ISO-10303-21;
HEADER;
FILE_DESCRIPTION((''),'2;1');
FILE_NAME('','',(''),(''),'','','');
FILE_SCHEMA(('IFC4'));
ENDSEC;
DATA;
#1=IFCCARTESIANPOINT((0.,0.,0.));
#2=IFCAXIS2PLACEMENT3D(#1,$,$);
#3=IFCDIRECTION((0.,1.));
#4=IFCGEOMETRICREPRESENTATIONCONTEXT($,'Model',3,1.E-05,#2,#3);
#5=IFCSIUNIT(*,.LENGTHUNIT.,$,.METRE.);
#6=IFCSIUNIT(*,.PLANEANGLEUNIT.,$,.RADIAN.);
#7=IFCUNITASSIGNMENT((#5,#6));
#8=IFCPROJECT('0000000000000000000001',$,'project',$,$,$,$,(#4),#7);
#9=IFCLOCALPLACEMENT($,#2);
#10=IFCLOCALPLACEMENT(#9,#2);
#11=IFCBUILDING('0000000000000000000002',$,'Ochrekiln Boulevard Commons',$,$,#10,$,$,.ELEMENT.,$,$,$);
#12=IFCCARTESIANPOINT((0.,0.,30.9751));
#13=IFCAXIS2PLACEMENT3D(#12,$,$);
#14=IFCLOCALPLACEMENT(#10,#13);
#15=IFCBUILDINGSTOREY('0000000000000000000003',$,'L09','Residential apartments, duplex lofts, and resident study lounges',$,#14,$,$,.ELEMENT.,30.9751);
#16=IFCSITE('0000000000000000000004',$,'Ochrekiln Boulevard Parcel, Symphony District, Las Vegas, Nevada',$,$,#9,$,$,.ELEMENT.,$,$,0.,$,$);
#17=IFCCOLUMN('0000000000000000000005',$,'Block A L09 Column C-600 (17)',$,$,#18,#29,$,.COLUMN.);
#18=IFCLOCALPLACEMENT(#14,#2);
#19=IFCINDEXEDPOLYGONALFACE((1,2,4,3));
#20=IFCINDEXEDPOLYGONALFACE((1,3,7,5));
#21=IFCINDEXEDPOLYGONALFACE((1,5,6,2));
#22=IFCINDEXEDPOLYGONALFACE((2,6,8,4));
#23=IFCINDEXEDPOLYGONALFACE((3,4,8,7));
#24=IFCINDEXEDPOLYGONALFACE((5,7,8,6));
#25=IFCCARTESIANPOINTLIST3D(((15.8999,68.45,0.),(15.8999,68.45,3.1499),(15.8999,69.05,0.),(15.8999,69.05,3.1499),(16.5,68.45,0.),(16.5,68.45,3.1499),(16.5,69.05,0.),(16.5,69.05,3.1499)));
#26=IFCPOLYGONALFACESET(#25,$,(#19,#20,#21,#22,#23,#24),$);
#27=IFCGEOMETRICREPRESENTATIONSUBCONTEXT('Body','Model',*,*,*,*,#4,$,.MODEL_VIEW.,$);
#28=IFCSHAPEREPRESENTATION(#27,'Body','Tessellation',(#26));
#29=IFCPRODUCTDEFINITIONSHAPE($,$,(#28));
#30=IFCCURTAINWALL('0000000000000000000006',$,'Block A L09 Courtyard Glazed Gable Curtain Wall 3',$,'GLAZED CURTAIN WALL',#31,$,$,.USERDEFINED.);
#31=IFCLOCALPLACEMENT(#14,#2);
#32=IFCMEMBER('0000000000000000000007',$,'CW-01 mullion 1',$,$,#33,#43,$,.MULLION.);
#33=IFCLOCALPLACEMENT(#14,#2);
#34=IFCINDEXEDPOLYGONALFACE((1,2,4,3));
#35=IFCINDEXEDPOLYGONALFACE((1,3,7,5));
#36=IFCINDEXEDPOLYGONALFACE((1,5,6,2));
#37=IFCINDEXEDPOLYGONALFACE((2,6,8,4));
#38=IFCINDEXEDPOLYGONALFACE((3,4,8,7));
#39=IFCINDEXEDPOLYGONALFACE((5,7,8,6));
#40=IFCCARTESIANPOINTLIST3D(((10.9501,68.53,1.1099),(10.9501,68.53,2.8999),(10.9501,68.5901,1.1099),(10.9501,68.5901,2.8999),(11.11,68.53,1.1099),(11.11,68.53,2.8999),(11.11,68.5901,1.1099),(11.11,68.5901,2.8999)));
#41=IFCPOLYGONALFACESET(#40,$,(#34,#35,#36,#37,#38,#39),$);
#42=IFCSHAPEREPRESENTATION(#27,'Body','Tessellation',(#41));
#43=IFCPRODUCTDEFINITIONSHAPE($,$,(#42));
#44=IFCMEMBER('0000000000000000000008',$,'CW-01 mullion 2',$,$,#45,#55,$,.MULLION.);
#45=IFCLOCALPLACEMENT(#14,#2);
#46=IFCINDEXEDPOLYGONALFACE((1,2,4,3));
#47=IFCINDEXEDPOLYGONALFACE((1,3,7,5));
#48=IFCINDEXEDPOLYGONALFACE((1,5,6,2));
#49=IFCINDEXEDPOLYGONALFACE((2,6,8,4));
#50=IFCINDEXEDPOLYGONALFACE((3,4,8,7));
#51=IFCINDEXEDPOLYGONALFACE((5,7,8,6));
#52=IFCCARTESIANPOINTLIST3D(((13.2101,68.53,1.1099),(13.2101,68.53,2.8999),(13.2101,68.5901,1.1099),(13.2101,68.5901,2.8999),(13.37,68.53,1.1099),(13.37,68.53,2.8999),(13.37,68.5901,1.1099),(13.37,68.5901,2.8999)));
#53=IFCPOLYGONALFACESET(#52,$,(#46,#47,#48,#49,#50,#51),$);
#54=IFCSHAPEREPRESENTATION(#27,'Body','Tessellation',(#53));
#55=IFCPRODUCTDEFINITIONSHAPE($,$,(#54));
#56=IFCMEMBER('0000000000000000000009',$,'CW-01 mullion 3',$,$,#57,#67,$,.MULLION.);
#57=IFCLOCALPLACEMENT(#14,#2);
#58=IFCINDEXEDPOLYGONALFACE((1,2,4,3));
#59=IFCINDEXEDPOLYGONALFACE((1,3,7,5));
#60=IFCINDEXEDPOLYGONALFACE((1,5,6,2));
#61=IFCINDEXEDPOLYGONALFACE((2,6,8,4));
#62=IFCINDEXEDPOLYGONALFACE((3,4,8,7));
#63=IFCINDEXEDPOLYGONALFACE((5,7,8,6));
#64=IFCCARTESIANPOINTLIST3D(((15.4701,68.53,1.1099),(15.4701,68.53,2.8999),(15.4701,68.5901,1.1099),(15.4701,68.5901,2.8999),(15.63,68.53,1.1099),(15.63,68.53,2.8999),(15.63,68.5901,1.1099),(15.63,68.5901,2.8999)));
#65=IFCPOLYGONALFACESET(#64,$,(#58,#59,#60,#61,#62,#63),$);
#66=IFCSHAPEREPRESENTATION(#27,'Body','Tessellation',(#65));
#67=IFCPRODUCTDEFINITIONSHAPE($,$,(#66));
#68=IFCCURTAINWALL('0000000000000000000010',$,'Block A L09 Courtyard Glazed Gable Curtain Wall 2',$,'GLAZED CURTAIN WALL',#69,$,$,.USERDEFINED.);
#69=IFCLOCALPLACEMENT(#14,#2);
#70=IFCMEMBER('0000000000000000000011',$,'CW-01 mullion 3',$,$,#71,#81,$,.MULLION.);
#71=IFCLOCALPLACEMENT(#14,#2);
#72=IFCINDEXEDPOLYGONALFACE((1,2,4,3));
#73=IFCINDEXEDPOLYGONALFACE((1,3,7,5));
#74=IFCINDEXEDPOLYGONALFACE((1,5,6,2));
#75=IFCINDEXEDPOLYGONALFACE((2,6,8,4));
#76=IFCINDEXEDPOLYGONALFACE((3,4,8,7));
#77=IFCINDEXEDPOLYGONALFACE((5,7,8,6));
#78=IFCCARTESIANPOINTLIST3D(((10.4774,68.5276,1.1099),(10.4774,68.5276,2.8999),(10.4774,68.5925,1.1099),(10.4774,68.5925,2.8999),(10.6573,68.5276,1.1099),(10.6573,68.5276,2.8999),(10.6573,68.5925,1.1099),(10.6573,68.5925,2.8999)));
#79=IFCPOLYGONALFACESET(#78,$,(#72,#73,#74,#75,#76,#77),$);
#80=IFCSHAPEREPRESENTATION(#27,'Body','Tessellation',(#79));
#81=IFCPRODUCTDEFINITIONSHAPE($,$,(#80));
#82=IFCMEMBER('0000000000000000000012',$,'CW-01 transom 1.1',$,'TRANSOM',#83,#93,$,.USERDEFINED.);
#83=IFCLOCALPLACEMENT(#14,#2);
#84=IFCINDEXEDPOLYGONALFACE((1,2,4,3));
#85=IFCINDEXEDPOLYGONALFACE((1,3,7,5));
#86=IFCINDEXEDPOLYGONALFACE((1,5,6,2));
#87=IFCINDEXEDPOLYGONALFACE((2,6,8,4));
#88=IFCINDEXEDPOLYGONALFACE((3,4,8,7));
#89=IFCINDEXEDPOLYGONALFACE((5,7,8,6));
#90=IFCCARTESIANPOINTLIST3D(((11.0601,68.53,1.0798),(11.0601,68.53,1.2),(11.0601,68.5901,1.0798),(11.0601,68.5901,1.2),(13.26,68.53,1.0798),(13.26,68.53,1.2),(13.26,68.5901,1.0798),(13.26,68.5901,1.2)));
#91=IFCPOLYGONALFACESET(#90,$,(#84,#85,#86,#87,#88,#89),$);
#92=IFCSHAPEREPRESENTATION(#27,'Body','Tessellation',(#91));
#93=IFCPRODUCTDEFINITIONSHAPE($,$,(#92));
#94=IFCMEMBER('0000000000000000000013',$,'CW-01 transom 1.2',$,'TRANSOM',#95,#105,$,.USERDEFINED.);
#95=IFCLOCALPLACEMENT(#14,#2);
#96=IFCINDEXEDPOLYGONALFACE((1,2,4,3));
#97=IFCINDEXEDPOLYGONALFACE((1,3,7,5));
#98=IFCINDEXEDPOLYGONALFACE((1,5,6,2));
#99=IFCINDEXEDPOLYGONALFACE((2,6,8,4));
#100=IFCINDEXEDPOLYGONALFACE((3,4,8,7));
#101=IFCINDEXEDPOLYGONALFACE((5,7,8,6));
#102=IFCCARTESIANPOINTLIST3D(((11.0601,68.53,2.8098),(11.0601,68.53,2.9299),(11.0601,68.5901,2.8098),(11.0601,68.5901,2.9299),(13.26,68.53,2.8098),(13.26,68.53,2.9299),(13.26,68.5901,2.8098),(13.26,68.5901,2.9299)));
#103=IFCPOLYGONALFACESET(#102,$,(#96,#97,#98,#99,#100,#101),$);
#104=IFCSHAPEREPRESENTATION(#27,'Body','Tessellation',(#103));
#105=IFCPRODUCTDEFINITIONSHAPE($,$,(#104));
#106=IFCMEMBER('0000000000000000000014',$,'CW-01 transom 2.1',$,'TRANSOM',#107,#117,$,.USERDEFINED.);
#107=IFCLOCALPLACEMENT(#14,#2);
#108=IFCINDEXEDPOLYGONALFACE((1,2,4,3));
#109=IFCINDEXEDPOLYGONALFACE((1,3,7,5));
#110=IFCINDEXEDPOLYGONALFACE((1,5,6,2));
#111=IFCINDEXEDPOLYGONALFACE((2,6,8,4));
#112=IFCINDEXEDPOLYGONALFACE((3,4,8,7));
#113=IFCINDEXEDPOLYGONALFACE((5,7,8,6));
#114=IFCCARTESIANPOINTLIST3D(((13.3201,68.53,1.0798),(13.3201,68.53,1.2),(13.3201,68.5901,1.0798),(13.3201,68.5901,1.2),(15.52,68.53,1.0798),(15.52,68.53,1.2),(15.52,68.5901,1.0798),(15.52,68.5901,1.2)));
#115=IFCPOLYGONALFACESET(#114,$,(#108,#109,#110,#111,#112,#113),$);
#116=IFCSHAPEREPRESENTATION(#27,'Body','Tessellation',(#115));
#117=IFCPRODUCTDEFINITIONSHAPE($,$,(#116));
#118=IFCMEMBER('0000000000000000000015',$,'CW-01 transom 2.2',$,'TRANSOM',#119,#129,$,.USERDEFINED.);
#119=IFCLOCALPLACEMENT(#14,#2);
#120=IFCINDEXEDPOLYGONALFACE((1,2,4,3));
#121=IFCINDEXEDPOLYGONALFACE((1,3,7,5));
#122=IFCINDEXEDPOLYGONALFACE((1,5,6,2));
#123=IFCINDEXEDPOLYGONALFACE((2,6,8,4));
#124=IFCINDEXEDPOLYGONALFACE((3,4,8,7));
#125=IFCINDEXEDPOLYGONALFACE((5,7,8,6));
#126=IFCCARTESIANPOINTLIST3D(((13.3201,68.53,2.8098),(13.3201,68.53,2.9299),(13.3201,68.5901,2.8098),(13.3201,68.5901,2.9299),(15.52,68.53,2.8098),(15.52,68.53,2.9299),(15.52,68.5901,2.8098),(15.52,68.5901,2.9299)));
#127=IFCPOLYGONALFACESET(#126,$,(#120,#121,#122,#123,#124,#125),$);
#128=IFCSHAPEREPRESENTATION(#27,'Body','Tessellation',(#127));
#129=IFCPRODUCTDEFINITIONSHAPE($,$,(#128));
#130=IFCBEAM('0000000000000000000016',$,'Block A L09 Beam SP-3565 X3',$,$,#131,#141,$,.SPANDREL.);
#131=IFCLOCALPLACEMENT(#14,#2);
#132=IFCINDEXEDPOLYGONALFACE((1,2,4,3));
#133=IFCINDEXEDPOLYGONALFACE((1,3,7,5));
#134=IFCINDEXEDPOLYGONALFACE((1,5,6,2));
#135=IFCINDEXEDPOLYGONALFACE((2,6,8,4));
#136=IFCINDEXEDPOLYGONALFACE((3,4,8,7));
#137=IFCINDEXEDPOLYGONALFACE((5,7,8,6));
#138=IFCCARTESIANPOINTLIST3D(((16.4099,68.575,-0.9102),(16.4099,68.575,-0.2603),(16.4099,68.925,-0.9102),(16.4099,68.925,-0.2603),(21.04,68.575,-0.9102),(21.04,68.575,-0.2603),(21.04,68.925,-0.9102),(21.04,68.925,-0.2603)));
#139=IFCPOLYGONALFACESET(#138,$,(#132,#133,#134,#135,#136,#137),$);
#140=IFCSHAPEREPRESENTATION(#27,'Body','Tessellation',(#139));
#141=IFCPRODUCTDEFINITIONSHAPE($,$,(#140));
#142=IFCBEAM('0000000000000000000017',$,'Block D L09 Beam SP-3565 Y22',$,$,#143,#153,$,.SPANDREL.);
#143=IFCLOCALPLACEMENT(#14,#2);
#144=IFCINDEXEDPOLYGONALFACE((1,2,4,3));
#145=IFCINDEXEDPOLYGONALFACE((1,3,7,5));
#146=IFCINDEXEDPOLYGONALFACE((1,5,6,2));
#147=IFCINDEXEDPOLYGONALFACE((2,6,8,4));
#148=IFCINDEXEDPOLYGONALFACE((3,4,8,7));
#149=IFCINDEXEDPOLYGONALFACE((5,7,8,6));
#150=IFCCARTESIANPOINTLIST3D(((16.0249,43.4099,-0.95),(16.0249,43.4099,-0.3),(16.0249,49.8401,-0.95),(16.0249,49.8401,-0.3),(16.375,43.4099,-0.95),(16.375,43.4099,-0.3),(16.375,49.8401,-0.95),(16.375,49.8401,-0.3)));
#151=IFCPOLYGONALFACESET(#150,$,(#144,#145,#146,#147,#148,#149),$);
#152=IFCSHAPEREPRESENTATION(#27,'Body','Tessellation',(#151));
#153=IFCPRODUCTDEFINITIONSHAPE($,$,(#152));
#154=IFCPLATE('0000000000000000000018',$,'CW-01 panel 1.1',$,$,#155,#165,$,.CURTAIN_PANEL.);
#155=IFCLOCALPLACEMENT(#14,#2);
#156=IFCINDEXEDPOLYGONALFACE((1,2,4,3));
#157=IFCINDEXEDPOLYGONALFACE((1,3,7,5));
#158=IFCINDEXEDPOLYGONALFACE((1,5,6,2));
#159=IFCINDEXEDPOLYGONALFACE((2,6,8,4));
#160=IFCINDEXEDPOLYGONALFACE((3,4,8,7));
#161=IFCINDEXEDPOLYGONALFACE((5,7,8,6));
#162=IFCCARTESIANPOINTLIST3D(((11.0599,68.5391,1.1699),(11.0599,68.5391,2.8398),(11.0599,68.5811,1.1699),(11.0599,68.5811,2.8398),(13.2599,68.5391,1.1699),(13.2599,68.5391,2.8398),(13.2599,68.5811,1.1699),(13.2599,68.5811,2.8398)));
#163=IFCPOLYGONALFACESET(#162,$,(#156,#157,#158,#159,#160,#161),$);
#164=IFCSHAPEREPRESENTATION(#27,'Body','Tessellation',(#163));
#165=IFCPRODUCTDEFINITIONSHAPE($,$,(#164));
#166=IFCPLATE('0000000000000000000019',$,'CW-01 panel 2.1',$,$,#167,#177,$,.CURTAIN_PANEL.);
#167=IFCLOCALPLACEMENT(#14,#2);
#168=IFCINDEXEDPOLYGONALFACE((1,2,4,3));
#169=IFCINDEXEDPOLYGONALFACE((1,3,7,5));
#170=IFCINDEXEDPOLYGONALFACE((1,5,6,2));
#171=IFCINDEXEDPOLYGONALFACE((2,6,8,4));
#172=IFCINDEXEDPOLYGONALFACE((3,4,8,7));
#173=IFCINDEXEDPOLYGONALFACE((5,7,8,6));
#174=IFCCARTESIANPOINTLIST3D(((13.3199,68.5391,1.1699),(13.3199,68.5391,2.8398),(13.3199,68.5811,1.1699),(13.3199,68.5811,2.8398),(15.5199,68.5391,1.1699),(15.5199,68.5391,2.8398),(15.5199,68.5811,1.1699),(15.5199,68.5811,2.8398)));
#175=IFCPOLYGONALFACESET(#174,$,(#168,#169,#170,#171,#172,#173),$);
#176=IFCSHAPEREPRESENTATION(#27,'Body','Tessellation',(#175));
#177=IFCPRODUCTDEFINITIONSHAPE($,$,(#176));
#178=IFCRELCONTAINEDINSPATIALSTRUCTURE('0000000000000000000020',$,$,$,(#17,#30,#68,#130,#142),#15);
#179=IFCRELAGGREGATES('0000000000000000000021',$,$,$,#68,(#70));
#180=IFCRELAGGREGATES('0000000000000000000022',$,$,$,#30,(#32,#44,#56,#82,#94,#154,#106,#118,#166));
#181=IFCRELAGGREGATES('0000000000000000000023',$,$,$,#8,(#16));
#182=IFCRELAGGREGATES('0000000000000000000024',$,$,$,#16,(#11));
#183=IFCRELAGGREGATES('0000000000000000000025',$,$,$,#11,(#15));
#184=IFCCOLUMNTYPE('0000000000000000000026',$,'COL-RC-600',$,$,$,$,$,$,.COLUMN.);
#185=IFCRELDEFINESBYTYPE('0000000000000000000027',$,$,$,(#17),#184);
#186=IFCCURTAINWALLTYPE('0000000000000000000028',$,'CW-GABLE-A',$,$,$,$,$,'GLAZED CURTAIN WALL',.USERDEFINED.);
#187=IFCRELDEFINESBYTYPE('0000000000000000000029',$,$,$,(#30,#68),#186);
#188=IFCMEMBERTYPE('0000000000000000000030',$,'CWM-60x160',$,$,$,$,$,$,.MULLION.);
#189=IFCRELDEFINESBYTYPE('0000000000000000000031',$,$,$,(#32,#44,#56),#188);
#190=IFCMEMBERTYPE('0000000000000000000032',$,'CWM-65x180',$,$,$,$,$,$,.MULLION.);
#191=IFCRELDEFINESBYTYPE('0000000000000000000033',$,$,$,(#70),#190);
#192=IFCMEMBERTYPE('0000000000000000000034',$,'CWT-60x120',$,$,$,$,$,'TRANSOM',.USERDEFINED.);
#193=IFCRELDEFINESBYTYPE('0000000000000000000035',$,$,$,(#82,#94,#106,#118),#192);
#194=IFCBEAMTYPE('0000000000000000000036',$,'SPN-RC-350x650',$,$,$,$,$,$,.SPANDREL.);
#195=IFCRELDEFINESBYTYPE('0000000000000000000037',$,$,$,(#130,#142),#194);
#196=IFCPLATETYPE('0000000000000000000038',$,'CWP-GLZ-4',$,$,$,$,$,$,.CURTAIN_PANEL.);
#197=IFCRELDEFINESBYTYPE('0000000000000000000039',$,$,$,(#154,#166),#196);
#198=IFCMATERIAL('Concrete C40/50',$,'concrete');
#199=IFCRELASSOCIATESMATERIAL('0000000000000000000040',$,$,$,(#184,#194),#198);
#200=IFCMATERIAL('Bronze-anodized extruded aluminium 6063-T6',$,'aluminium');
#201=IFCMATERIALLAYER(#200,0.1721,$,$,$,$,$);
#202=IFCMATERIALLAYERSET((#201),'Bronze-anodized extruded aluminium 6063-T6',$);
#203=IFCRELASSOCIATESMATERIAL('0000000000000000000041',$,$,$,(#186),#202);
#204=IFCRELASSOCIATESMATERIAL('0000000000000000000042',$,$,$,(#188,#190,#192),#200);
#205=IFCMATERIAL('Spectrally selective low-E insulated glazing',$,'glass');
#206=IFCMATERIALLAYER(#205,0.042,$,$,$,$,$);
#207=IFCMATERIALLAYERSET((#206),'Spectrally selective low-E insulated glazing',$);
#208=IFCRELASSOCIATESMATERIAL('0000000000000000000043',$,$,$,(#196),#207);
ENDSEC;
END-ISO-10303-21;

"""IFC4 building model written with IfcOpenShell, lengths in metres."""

from ifc_helpers import new_model, si_unit, direction, frame, origin, origin_2d, place, context, subcontext, project, spatial, rectangle, extrude, material, layer, layer_set, material_profile, profile_set, type_object, element, aggregate, save


model = new_model("IFC4")

# Units and contexts
model_context = context("Model", 3, precision=1e-05, world=origin(), true_north=direction((0.0, 1.0)))
body_context = subcontext(model_context, "Body", "Model", "MODEL_VIEW")
ifc_project = project(units=[si_unit("LENGTHUNIT", "METRE"), si_unit("PLANEANGLEUNIT", "RADIAN")], contexts=[model_context])

# Site, building, storey
site_placement = place(None, origin())
site = spatial("IfcSite", under=ifc_project, at=site_placement, Name="Ochrekiln Boulevard Parcel, Symphony District, Las Vegas, Nevada", CompositionType="ELEMENT", RefElevation=0.0)
building_placement = place(site_placement, origin())
building = spatial("IfcBuilding", under=site, at=building_placement, Name="Ochrekiln Boulevard Commons", CompositionType="ELEMENT")
storey_placement = place(building_placement, frame((0.0, 0.0, 30.9751)))
storey = spatial("IfcBuildingStorey", under=building, at=storey_placement, Name="L09", Description="Residential apartments, duplex lofts, and resident study lounges", CompositionType="ELEMENT", Elevation=30.9751)

# Column
ifc_material_1 = material(Name="Concrete C40/50", Category="concrete")
ifc_material_profile_1 = material_profile(ifc_material_1, rectangle(XDim=0.6001, YDim=0.6001, at=origin_2d()), Name="RC-COL-600x600")
ifc_profile_set_1 = profile_set([ifc_material_profile_1], Name="Concrete C40/50")
column_type = type_object("IfcColumnType", Name="COL-RC-600", PredefinedType="COLUMN", material=ifc_profile_set_1)
column_placement = place(storey_placement, frame((16.2, 68.75, 0.0), z_axis=(0.0, 0.0, 1.0), x_axis=(1.0, 0.0, 0.0)))
element("IfcColumn", 1, at=column_placement, inside=storey, type_object=column_type, Name="Block A L09 Column C-600 (17)", PredefinedType="COLUMN", context=body_context, shape_type="SweptSolid", body=[
    extrude(rectangle(XDim=0.6001, YDim=0.6001, at=origin_2d()), origin(), (0.0, 0.0, 1.0), 3.1499),
])

# Curtain wall, members
ifc_material_2 = material(Name="Bronze-anodized extruded aluminium 6063-T6", Category="aluminium")
ifc_layer_1 = layer(ifc_material_2, 0.1721)
ifc_layer_set_1 = layer_set([ifc_layer_1], Name="Bronze-anodized extruded aluminium 6063-T6")
curtain_wall_type = type_object("IfcCurtainWallType", Name="CW-GABLE-A", ElementType="GLAZED CURTAIN WALL", PredefinedType="USERDEFINED", material=ifc_layer_set_1)
curtain_wall_1_placement = place(storey_placement, origin())
curtain_wall_1 = element("IfcCurtainWall", 2, at=curtain_wall_1_placement, inside=storey, type_object=curtain_wall_type, Name="Block A L09 Courtyard Glazed Gable Curtain Wall 3", ObjectType="GLAZED CURTAIN WALL", PredefinedType="USERDEFINED")
ifc_material_profile_2 = material_profile(ifc_material_2, rectangle(XDim=0.0601, YDim=0.1599, at=origin_2d()), Name="ALU-MUL-60x160")
ifc_profile_set_2 = profile_set([ifc_material_profile_2], Name="Bronze-anodized extruded aluminium 6063-T6")
member_type_1 = type_object("IfcMemberType", Name="CWM-60x160", PredefinedType="MULLION", material=ifc_profile_set_2)
member_1_placement = place(storey_placement, frame((11.03, 68.5601, 1.1099), z_axis=(0.0, 0.0, 1.0), x_axis=(0.0, 1.0, 0.0)))
member_1 = element("IfcMember", 3, at=member_1_placement, type_object=member_type_1, Name="CW-01 mullion 1", PredefinedType="MULLION", context=body_context, shape_type="SweptSolid", body=[
    extrude(rectangle(XDim=0.0601, YDim=0.1599, at=origin_2d()), origin(), (0.0, 0.0, 1.0), 1.79),
])
member_2_placement = place(storey_placement, frame((13.29, 68.5601, 1.1099), z_axis=(0.0, 0.0, 1.0), x_axis=(0.0, 1.0, 0.0)))
member_2 = element("IfcMember", 4, at=member_2_placement, type_object=member_type_1, Name="CW-01 mullion 2", PredefinedType="MULLION", context=body_context, shape_type="SweptSolid", body=[
    extrude(rectangle(XDim=0.0601, YDim=0.1599, at=origin_2d()), origin(), (0.0, 0.0, 1.0), 1.79),
])
member_3_placement = place(storey_placement, frame((15.55, 68.5601, 1.1099), z_axis=(0.0, 0.0, 1.0), x_axis=(0.0, 1.0, 0.0)))
member_3 = element("IfcMember", 5, at=member_3_placement, type_object=member_type_1, Name="CW-01 mullion 3", PredefinedType="MULLION", context=body_context, shape_type="SweptSolid", body=[
    extrude(rectangle(XDim=0.0601, YDim=0.1599, at=origin_2d()), origin(), (0.0, 0.0, 1.0), 1.79),
])

# Curtain wall, member
curtain_wall_2_placement = place(storey_placement, origin())
curtain_wall_2 = element("IfcCurtainWall", 6, at=curtain_wall_2_placement, inside=storey, type_object=curtain_wall_type, Name="Block A L09 Courtyard Glazed Gable Curtain Wall 2", ObjectType="GLAZED CURTAIN WALL", PredefinedType="USERDEFINED")
ifc_material_profile_3 = material_profile(ifc_material_2, rectangle(XDim=0.0649, YDim=0.1799, at=origin_2d()), Name="ALU-MUL-65x180")
ifc_profile_set_3 = profile_set([ifc_material_profile_3], Name="Bronze-anodized extruded aluminium 6063-T6")
member_type_2 = type_object("IfcMemberType", Name="CWM-65x180", PredefinedType="MULLION", material=ifc_profile_set_3)
member_4_placement = place(storey_placement, frame((10.5674, 68.5601, 1.1099), z_axis=(0.0, 0.0, 1.0), x_axis=(0.0, 1.0, 0.0)))
member_4 = element("IfcMember", 7, at=member_4_placement, type_object=member_type_2, Name="CW-01 mullion 3", PredefinedType="MULLION", context=body_context, shape_type="SweptSolid", body=[
    extrude(rectangle(XDim=0.0649, YDim=0.1799, at=origin_2d()), origin(), (0.0, 0.0, 1.0), 1.79),
])
aggregate(curtain_wall_2, [member_4])

# Members
ifc_material_profile_4 = material_profile(ifc_material_2, rectangle(XDim=0.0601, YDim=0.1201, at=origin_2d()), Name="ALU-TRN-60x120")
ifc_profile_set_4 = profile_set([ifc_material_profile_4], Name="Bronze-anodized extruded aluminium 6063-T6")
member_type_3 = type_object("IfcMemberType", Name="CWT-60x120", ElementType="TRANSOM", PredefinedType="USERDEFINED", material=ifc_profile_set_4)
member_5_placement = place(storey_placement, frame((11.0601, 68.5601, 1.1399), z_axis=(1.0, 0.0, 0.0), x_axis=(0.0, 1.0, 0.0)))
member_5 = element("IfcMember", 8, at=member_5_placement, type_object=member_type_3, Name="CW-01 transom 1.1", ObjectType="TRANSOM", PredefinedType="USERDEFINED", context=body_context, shape_type="SweptSolid", body=[
    extrude(rectangle(XDim=0.0601, YDim=0.1201, at=origin_2d()), origin(), (0.0, 0.0, 1.0), 2.2),
])
member_6_placement = place(storey_placement, frame((11.0601, 68.5601, 2.8699), z_axis=(1.0, 0.0, 0.0), x_axis=(0.0, 1.0, 0.0)))
member_6 = element("IfcMember", 9, at=member_6_placement, type_object=member_type_3, Name="CW-01 transom 1.2", ObjectType="TRANSOM", PredefinedType="USERDEFINED", context=body_context, shape_type="SweptSolid", body=[
    extrude(rectangle(XDim=0.0601, YDim=0.1201, at=origin_2d()), origin(), (0.0, 0.0, 1.0), 2.2),
])
member_7_placement = place(storey_placement, frame((13.3201, 68.5601, 1.1399), z_axis=(1.0, 0.0, 0.0), x_axis=(0.0, 1.0, 0.0)))
member_7 = element("IfcMember", 10, at=member_7_placement, type_object=member_type_3, Name="CW-01 transom 2.1", ObjectType="TRANSOM", PredefinedType="USERDEFINED", context=body_context, shape_type="SweptSolid", body=[
    extrude(rectangle(XDim=0.0601, YDim=0.1201, at=origin_2d()), origin(), (0.0, 0.0, 1.0), 2.2),
])
member_8_placement = place(storey_placement, frame((13.3201, 68.5601, 2.8699), z_axis=(1.0, 0.0, 0.0), x_axis=(0.0, 1.0, 0.0)))
member_8 = element("IfcMember", 11, at=member_8_placement, type_object=member_type_3, Name="CW-01 transom 2.2", ObjectType="TRANSOM", PredefinedType="USERDEFINED", context=body_context, shape_type="SweptSolid", body=[
    extrude(rectangle(XDim=0.0601, YDim=0.1201, at=origin_2d()), origin(), (0.0, 0.0, 1.0), 2.2),
])

# Beams
ifc_material_profile_5 = material_profile(ifc_material_1, rectangle(XDim=0.3501, YDim=0.6499, at=origin_2d()), Name="RC-SPN-350x650")
ifc_profile_set_5 = profile_set([ifc_material_profile_5], Name="Concrete C40/50")
beam_type = type_object("IfcBeamType", Name="SPN-RC-350x650", PredefinedType="SPANDREL", material=ifc_profile_set_5)
beam_1_placement = place(storey_placement, frame((16.4099, 68.75, -0.5852), z_axis=(1.0, 0.0, 0.0), x_axis=(0.0, 1.0, 0.0)))
element("IfcBeam", 12, at=beam_1_placement, inside=storey, type_object=beam_type, Name="Block A L09 Beam SP-3565 X3", PredefinedType="SPANDREL", context=body_context, shape_type="SweptSolid", body=[
    extrude(rectangle(XDim=0.3501, YDim=0.6499, at=origin_2d()), origin(), (0.0, 0.0, 1.0), 4.6301),
])
beam_2_placement = place(storey_placement, frame((16.2, 43.4099, -0.625), z_axis=(0.0, 1.0, 0.0), x_axis=(-1.0, 0.0, 0.0)))
element("IfcBeam", 13, at=beam_2_placement, inside=storey, type_object=beam_type, Name="Block D L09 Beam SP-3565 Y22", PredefinedType="SPANDREL", context=body_context, shape_type="SweptSolid", body=[
    extrude(rectangle(XDim=0.3501, YDim=0.6499, at=origin_2d()), origin(), (0.0, 0.0, 1.0), 6.4302),
])

# Plates
ifc_material_3 = material(Name="Spectrally selective low-E insulated glazing", Category="glass")
ifc_layer_2 = layer(ifc_material_3, 0.042)
ifc_layer_set_2 = layer_set([ifc_layer_2], Name="Spectrally selective low-E insulated glazing")
plate_type = type_object("IfcPlateType", Name="CWP-GLZ-4", PredefinedType="CURTAIN_PANEL", material=ifc_layer_set_2)
plate_1_placement = place(storey_placement, frame((12.1599, 68.5601, 1.1699), z_axis=(0.0, 0.0, 1.0), x_axis=(1.0, 0.0, 0.0)))
plate_1 = element("IfcPlate", 14, at=plate_1_placement, type_object=plate_type, Name="CW-01 panel 1.1", PredefinedType="CURTAIN_PANEL", context=body_context, shape_type="SweptSolid", body=[
    extrude(rectangle(XDim=2.2, YDim=0.042, at=origin_2d()), origin(), (0.0, 0.0, 1.0), 1.6699),
])
plate_2_placement = place(storey_placement, frame((14.4199, 68.5601, 1.1699), z_axis=(0.0, 0.0, 1.0), x_axis=(1.0, 0.0, 0.0)))
plate_2 = element("IfcPlate", 15, at=plate_2_placement, type_object=plate_type, Name="CW-01 panel 2.1", PredefinedType="CURTAIN_PANEL", context=body_context, shape_type="SweptSolid", body=[
    extrude(rectangle(XDim=2.2, YDim=0.042, at=origin_2d()), origin(), (0.0, 0.0, 1.0), 1.6699),
])
aggregate(curtain_wall_1, [member_1, member_2, member_3, member_5, member_6, plate_1, member_7, member_8, plate_2])

save(model, "model.ifc")
